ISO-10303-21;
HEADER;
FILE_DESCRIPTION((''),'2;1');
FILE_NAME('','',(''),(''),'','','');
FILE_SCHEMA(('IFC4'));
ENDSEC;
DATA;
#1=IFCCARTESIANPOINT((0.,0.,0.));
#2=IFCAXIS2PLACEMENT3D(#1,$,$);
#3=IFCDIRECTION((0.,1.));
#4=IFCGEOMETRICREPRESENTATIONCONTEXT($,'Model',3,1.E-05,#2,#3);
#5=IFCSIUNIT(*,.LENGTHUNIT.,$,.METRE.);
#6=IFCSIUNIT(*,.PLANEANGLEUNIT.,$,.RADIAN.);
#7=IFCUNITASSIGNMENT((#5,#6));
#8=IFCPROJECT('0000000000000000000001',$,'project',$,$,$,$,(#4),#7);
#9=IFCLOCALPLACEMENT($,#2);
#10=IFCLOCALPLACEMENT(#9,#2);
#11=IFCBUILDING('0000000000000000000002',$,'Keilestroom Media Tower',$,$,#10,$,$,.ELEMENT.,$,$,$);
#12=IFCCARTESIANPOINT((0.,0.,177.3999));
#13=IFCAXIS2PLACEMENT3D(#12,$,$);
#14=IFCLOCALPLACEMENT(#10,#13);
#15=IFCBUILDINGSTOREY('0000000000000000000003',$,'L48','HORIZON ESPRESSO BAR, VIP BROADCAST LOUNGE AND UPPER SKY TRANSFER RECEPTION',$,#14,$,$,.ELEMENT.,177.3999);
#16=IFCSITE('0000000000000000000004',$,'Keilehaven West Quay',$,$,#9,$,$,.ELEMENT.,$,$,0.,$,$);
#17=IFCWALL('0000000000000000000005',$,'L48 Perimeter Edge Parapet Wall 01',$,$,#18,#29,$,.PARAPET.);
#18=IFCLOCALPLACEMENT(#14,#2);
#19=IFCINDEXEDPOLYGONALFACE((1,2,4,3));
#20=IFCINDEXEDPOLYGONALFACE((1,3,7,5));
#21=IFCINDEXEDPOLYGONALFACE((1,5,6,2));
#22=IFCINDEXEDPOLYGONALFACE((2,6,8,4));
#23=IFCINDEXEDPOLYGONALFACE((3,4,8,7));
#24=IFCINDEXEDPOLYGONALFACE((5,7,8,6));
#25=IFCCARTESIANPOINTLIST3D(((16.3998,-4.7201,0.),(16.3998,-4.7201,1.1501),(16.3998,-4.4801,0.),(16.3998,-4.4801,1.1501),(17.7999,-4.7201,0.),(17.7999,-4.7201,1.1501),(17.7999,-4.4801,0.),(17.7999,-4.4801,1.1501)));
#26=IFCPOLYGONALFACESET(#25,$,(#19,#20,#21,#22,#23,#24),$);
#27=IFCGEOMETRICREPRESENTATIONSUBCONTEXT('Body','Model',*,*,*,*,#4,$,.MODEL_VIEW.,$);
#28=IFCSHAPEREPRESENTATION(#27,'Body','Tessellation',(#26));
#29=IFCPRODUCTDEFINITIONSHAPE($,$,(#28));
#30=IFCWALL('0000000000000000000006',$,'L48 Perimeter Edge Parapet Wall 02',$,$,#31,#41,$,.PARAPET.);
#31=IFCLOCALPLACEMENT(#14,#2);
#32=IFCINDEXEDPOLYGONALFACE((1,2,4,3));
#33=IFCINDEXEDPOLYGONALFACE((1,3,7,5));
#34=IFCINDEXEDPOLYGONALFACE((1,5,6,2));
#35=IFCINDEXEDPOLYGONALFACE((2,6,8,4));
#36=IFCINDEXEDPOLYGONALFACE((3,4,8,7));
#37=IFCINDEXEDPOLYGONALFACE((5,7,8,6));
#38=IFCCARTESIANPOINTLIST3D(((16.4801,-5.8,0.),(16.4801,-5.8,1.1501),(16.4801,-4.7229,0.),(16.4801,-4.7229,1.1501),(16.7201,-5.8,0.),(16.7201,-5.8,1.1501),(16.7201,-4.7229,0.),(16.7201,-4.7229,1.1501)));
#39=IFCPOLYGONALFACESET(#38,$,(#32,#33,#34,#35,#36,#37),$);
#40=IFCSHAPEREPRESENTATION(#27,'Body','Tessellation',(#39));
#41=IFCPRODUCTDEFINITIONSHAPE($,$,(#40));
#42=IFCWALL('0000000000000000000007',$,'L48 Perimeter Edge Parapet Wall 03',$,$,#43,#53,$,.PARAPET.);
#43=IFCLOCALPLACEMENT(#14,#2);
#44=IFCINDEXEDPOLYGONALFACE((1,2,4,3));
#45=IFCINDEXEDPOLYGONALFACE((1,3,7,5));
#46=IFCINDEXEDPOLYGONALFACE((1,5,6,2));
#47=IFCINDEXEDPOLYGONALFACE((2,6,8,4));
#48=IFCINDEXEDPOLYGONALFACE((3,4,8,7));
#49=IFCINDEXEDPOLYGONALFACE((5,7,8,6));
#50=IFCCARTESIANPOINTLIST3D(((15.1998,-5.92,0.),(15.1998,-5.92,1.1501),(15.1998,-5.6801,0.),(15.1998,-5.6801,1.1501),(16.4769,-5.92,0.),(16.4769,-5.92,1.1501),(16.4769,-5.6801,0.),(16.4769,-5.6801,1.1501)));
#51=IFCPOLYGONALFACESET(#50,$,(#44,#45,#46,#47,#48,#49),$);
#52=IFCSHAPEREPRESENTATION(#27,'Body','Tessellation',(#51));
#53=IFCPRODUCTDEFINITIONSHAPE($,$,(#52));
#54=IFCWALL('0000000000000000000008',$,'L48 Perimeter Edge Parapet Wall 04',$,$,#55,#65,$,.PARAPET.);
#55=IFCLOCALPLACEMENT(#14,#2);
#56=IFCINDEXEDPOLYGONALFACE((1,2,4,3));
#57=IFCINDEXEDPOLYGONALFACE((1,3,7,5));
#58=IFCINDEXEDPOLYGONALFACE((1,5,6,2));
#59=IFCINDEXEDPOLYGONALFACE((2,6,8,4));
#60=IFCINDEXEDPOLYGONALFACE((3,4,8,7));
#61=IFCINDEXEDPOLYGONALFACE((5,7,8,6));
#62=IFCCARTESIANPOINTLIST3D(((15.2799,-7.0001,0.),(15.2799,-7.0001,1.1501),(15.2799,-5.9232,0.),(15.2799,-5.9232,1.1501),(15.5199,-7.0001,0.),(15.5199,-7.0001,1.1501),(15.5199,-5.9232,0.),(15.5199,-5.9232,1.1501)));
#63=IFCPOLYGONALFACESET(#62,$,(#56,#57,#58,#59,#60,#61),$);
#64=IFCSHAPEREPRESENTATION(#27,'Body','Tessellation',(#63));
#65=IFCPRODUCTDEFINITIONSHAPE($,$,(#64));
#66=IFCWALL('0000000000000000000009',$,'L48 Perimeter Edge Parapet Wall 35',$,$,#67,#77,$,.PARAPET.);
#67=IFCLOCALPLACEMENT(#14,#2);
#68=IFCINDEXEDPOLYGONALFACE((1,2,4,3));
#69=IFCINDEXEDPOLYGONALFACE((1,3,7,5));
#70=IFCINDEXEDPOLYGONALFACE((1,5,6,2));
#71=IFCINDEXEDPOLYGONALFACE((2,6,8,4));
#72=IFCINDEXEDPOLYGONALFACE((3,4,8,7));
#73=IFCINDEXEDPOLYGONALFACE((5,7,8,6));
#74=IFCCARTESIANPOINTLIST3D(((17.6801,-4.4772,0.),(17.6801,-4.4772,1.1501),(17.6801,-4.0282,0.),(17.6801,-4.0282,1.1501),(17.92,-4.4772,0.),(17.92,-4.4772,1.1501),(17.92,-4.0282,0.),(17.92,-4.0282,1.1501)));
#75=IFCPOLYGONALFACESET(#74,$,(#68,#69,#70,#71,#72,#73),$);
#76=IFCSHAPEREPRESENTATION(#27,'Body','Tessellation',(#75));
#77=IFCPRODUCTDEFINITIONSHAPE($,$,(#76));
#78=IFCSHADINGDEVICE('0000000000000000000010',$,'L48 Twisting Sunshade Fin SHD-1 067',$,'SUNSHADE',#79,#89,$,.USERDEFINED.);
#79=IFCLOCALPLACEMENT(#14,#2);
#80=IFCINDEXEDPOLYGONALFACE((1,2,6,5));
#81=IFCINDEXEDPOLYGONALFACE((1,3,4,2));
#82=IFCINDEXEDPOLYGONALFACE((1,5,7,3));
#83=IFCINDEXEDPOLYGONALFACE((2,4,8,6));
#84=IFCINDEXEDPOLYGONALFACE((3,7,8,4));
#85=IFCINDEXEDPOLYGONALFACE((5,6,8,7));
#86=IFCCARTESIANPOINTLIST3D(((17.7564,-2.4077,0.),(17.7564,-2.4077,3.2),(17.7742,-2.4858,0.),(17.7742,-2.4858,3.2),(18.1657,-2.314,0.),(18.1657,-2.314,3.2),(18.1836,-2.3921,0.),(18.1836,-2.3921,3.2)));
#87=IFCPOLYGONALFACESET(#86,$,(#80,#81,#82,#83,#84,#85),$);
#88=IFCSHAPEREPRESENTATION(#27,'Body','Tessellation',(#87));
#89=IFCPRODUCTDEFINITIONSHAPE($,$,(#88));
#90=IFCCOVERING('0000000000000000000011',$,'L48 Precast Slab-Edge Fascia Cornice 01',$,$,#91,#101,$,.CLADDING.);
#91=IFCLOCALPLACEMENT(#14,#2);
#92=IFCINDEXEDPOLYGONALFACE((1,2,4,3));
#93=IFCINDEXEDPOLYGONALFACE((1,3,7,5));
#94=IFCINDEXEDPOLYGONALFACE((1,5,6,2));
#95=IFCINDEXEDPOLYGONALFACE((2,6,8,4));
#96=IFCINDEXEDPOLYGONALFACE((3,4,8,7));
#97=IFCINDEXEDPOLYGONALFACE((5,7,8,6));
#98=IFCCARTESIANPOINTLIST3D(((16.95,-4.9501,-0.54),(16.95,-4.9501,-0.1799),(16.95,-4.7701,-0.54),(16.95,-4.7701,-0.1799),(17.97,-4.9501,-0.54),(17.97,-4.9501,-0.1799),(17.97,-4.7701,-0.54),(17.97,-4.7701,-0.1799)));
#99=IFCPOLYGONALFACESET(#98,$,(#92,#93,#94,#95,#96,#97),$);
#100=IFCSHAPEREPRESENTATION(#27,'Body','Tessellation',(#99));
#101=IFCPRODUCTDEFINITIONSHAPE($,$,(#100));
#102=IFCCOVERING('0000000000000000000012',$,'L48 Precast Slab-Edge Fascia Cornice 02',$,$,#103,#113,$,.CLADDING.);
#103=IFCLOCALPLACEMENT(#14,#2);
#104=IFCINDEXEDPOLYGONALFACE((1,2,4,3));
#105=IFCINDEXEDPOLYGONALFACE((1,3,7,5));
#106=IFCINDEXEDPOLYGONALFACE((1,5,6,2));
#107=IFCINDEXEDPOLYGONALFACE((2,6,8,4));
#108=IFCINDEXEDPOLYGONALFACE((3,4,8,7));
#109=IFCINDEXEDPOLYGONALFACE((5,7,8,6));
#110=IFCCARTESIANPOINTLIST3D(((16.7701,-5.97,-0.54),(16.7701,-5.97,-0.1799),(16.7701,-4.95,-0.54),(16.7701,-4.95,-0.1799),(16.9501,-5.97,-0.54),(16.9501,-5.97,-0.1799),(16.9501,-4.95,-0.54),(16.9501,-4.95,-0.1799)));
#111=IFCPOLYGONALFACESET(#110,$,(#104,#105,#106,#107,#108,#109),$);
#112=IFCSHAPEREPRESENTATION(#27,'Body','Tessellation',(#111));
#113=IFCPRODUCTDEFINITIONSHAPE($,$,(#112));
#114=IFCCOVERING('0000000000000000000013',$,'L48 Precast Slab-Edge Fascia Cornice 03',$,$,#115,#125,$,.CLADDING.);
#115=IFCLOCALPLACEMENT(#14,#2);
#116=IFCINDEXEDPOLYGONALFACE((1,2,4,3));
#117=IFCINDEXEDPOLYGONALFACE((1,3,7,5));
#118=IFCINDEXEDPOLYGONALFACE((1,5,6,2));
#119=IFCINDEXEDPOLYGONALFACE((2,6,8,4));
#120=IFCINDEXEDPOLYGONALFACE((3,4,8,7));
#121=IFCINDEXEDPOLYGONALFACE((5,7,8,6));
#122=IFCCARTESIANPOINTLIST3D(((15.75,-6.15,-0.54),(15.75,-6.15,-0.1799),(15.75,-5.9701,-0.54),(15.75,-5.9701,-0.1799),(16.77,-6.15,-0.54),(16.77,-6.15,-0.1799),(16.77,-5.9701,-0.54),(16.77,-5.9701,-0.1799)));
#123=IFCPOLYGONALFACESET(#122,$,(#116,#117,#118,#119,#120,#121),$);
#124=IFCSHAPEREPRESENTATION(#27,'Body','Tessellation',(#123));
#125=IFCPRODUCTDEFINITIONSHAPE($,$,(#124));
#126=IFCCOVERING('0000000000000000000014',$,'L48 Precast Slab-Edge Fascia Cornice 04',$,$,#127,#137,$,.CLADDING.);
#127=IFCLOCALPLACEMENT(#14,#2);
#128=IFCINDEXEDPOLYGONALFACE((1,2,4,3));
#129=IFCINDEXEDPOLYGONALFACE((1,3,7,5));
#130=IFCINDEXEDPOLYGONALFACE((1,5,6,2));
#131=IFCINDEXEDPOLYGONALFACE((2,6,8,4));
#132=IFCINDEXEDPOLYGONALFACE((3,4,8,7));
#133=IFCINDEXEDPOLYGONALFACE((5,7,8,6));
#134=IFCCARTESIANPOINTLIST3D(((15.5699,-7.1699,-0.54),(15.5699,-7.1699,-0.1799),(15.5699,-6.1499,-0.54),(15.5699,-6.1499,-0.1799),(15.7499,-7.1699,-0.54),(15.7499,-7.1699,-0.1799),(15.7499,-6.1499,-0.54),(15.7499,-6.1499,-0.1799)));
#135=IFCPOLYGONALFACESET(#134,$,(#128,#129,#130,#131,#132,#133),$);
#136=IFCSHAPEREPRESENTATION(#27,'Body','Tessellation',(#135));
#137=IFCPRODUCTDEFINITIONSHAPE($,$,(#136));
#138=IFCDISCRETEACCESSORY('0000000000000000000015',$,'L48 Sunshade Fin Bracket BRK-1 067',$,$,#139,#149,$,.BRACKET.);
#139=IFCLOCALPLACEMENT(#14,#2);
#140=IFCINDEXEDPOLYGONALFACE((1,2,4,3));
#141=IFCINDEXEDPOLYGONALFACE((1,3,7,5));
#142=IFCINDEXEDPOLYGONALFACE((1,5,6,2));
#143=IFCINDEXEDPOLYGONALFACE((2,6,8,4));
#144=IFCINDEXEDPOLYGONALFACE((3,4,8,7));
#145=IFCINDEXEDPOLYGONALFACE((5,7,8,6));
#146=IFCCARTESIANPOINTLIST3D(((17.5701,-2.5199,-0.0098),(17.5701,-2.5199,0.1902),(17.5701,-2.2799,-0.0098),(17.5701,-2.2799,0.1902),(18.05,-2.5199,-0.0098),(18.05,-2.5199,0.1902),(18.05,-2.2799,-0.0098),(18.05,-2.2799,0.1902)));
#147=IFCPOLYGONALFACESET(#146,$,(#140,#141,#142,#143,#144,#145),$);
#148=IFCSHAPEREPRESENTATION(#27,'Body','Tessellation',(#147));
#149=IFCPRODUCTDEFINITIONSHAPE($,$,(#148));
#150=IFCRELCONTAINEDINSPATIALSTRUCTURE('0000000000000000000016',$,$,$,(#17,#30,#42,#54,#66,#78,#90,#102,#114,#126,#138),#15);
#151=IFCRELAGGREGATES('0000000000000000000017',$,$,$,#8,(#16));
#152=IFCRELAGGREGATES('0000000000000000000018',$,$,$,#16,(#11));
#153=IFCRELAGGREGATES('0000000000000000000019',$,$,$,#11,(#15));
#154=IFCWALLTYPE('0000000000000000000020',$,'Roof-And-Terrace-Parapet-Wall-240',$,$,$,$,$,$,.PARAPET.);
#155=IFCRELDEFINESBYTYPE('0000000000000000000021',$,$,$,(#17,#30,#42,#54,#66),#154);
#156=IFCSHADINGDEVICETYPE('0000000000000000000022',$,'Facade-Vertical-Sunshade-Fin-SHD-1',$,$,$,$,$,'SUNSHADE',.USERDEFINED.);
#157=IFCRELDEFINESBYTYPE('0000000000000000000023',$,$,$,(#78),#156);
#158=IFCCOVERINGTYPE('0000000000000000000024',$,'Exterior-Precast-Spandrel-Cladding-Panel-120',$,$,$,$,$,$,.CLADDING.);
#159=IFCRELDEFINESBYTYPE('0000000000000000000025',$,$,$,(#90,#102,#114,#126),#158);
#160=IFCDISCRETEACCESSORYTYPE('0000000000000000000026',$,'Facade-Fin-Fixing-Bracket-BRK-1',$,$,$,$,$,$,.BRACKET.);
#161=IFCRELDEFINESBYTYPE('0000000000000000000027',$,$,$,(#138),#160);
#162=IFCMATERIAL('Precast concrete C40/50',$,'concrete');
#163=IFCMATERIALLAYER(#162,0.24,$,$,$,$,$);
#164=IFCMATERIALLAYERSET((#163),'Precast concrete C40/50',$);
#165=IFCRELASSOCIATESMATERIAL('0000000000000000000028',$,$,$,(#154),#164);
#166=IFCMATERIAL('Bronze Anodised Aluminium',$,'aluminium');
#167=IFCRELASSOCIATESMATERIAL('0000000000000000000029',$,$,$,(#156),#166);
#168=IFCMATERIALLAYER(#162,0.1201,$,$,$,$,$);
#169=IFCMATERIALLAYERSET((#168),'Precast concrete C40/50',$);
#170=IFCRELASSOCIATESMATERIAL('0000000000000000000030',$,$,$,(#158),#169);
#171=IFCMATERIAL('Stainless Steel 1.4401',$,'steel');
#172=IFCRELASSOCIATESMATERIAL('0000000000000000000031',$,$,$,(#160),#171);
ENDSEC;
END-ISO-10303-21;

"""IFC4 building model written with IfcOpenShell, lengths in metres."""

from ifc_helpers import new_model, si_unit, direction, frame, frame_2d, origin, origin_2d, place, context, subcontext, project, spatial, rectangle, extrude, source, transform, mapped, material, layer, layer_set, type_object, element, save


model = new_model("IFC4")

# Units and contexts
model_context = context("Model", 3, precision=1e-05, world=origin(), true_north=direction((0.0, 1.0)))
body_context = subcontext(model_context, "Body", "Model", "MODEL_VIEW")
ifc_project = project(units=[si_unit("LENGTHUNIT", "METRE"), si_unit("PLANEANGLEUNIT", "RADIAN")], contexts=[model_context])

# Site, building, storey
site_placement = place(None, origin())
site = spatial("IfcSite", under=ifc_project, at=site_placement, Name="Keilehaven West Quay", CompositionType="ELEMENT", RefElevation=0.0)
building_placement = place(site_placement, origin())
building = spatial("IfcBuilding", under=site, at=building_placement, Name="Keilestroom Media Tower", CompositionType="ELEMENT")
storey_placement = place(building_placement, frame((0.0, 0.0, 177.3999)))
storey = spatial("IfcBuildingStorey", under=building, at=storey_placement, Name="L48", Description="HORIZON ESPRESSO BAR, VIP BROADCAST LOUNGE AND UPPER SKY TRANSFER RECEPTION", CompositionType="ELEMENT", Elevation=177.3999)

# Shared definitions
ifc_material_1 = material(Name="Precast concrete C40/50", Category="concrete")

# Walls
ifc_layer_1 = layer(ifc_material_1, 0.24)
ifc_layer_set_1 = layer_set([ifc_layer_1], Name="Precast concrete C40/50")
wall_type = type_object("IfcWallType", Name="Roof-And-Terrace-Parapet-Wall-240", PredefinedType="PARAPET", material=ifc_layer_set_1)
wall_1_placement = place(storey_placement, frame((17.8, -4.6001, 0.0), z_axis=(0.0, 0.0, 1.0), x_axis=(-1.0, 0.0, 0.0)))
element("IfcWall", 1, at=wall_1_placement, inside=storey, type_object=wall_type, Name="L48 Perimeter Edge Parapet Wall 01", PredefinedType="PARAPET", context=body_context, shape_type="SweptSolid", body=[
    extrude(rectangle(XDim=1.4001, YDim=0.24, at=frame_2d((0.7002, 0.0))), origin(), (0.0, 0.0, 1.0), 1.1501),
])
wall_2_placement = place(storey_placement, frame((16.6001, -4.7229, 0.0), z_axis=(0.0, 0.0, 1.0), x_axis=(0.0, -1.0, 0.0)))
element("IfcWall", 2, at=wall_2_placement, inside=storey, type_object=wall_type, Name="L48 Perimeter Edge Parapet Wall 02", PredefinedType="PARAPET", context=body_context, shape_type="SweptSolid", body=[
    extrude(rectangle(XDim=1.0771, YDim=0.24, at=frame_2d((0.5386, 0.0))), origin(), (0.0, 0.0, 1.0), 1.1501),
])
wall_3_placement = place(storey_placement, frame((16.4771, -5.8, 0.0), z_axis=(0.0, 0.0, 1.0), x_axis=(-1.0, 0.0, 0.0)))
element("IfcWall", 3, at=wall_3_placement, inside=storey, type_object=wall_type, Name="L48 Perimeter Edge Parapet Wall 03", PredefinedType="PARAPET", context=body_context, shape_type="SweptSolid", body=[
    extrude(rectangle(XDim=1.2771, YDim=0.24, at=frame_2d((0.6387, 0.0))), origin(), (0.0, 0.0, 1.0), 1.1501),
])
wall_4_placement = place(storey_placement, frame((15.3999, -5.9231, 0.0), z_axis=(0.0, 0.0, 1.0), x_axis=(0.0, -1.0, 0.0)))
element("IfcWall", 4, at=wall_4_placement, inside=storey, type_object=wall_type, Name="L48 Perimeter Edge Parapet Wall 04", PredefinedType="PARAPET", context=body_context, shape_type="SweptSolid", body=[
    extrude(rectangle(XDim=1.0769, YDim=0.24, at=frame_2d((0.5386, 0.0))), origin(), (0.0, 0.0, 1.0), 1.1501),
])
wall_5_placement = place(storey_placement, frame((17.8, -4.0281, 0.0), z_axis=(0.0, 0.0, 1.0), x_axis=(0.0, -1.0, 0.0)))
element("IfcWall", 5, at=wall_5_placement, inside=storey, type_object=wall_type, Name="L48 Perimeter Edge Parapet Wall 35", PredefinedType="PARAPET", context=body_context, shape_type="SweptSolid", body=[
    extrude(rectangle(XDim=0.449, YDim=0.24, at=frame_2d((0.2246, 0.0))), origin(), (0.0, 0.0, 1.0), 1.1501),
])

# Shading device
ifc_material_2 = material(Name="Bronze Anodised Aluminium", Category="aluminium")
shading_device_type = type_object("IfcShadingDeviceType", Name="Facade-Vertical-Sunshade-Fin-SHD-1", ElementType="SUNSHADE", PredefinedType="USERDEFINED", material=ifc_material_2)
shared_shape_1 = source(origin(), body_context, "Body", "SweptSolid", [
    extrude(rectangle(XDim=0.4199, YDim=0.0801, at=origin_2d()), origin(), (0.0, 0.0, 1.0), 3.2),
])
shading_device_placement = place(storey_placement, frame((17.97, -2.3999, 0.0), z_axis=(0.0, 0.0, 1.0), x_axis=(0.9748, 0.22308, 0.0)))
element("IfcShadingDevice", 6, at=shading_device_placement, inside=storey, type_object=shading_device_type, Name="L48 Twisting Sunshade Fin SHD-1 067", ObjectType="SUNSHADE", PredefinedType="USERDEFINED", context=body_context, shape_type="MappedRepresentation", body=[
    mapped(shared_shape_1, transform((0.0, 0.0, 0.0), x_axis=(1.0, 0.0, 0.0), y_axis=(0.0, 1.0, 0.0), z_axis=(0.0, 0.0, 1.0), scale=1.0)),
])

# Coverings
ifc_layer_2 = layer(ifc_material_1, 0.1201)
ifc_layer_set_2 = layer_set([ifc_layer_2], Name="Precast concrete C40/50")
covering_type = type_object("IfcCoveringType", Name="Exterior-Precast-Spandrel-Cladding-Panel-120", PredefinedType="CLADDING", material=ifc_layer_set_2)
shared_shape_2 = source(origin(), body_context, "Body", "SweptSolid", [
    extrude(rectangle(XDim=1.02, YDim=0.1799, at=origin_2d()), origin(), (0.0, 0.0, 1.0), 0.3601),
])
for number, where, z_axis, x_axis, name in (
    (7, (17.46, -4.8601, -0.54), (0.0, 0.0, 1.0), (-1.0, 0.0, 0.0), "L48 Precast Slab-Edge Fascia Cornice 01"),
    (8, (16.8601, -5.46, -0.54), (0.0, 0.0, 1.0), (0.0, -1.0, 0.0), "L48 Precast Slab-Edge Fascia Cornice 02"),
    (9, (16.26, -6.0601, -0.54), (0.0, 0.0, 1.0), (-1.0, 0.0, 0.0), "L48 Precast Slab-Edge Fascia Cornice 03"),
    (10, (15.6599, -6.6599, -0.54), (0.0, 0.0, 1.0), (0.0, -1.0, 0.0), "L48 Precast Slab-Edge Fascia Cornice 04"),
):
    element("IfcCovering", number, at=place(storey_placement, frame(where, z_axis=z_axis, x_axis=x_axis)), inside=storey, type_object=covering_type, Name=name, PredefinedType="CLADDING", context=body_context, shape_type="MappedRepresentation", body=[
        mapped(shared_shape_2, transform((0.0, 0.0, 0.0), x_axis=(1.0, 0.0, 0.0), y_axis=(0.0, 1.0, 0.0), z_axis=(0.0, 0.0, 1.0), scale=1.0)),
    ])

# Discrete accessory
ifc_material_3 = material(Name="Stainless Steel 1.4401", Category="steel")
discrete_accessory_type = type_object("IfcDiscreteAccessoryType", Name="Facade-Fin-Fixing-Bracket-BRK-1", PredefinedType="BRACKET", material=ifc_material_3)
shared_shape_3 = source(origin(), body_context, "Body", "SweptSolid", [
    extrude(rectangle(XDim=0.48, YDim=0.24, at=origin_2d()), origin(), (0.0, 0.0, 1.0), 0.2),
])
discrete_accessory_placement = place(storey_placement, frame((17.8101, -2.3999, -0.0098), z_axis=(0.0, 0.0, 1.0), x_axis=(1.0, 0.0, 0.0)))
element("IfcDiscreteAccessory", 11, at=discrete_accessory_placement, inside=storey, type_object=discrete_accessory_type, Name="L48 Sunshade Fin Bracket BRK-1 067", PredefinedType="BRACKET", context=body_context, shape_type="MappedRepresentation", body=[
    mapped(shared_shape_3, transform((0.0, 0.0, 0.0), x_axis=(1.0, 0.0, 0.0), y_axis=(0.0, 1.0, 0.0), z_axis=(0.0, 0.0, 1.0), scale=1.0)),
])

save(model, "model.ifc")
